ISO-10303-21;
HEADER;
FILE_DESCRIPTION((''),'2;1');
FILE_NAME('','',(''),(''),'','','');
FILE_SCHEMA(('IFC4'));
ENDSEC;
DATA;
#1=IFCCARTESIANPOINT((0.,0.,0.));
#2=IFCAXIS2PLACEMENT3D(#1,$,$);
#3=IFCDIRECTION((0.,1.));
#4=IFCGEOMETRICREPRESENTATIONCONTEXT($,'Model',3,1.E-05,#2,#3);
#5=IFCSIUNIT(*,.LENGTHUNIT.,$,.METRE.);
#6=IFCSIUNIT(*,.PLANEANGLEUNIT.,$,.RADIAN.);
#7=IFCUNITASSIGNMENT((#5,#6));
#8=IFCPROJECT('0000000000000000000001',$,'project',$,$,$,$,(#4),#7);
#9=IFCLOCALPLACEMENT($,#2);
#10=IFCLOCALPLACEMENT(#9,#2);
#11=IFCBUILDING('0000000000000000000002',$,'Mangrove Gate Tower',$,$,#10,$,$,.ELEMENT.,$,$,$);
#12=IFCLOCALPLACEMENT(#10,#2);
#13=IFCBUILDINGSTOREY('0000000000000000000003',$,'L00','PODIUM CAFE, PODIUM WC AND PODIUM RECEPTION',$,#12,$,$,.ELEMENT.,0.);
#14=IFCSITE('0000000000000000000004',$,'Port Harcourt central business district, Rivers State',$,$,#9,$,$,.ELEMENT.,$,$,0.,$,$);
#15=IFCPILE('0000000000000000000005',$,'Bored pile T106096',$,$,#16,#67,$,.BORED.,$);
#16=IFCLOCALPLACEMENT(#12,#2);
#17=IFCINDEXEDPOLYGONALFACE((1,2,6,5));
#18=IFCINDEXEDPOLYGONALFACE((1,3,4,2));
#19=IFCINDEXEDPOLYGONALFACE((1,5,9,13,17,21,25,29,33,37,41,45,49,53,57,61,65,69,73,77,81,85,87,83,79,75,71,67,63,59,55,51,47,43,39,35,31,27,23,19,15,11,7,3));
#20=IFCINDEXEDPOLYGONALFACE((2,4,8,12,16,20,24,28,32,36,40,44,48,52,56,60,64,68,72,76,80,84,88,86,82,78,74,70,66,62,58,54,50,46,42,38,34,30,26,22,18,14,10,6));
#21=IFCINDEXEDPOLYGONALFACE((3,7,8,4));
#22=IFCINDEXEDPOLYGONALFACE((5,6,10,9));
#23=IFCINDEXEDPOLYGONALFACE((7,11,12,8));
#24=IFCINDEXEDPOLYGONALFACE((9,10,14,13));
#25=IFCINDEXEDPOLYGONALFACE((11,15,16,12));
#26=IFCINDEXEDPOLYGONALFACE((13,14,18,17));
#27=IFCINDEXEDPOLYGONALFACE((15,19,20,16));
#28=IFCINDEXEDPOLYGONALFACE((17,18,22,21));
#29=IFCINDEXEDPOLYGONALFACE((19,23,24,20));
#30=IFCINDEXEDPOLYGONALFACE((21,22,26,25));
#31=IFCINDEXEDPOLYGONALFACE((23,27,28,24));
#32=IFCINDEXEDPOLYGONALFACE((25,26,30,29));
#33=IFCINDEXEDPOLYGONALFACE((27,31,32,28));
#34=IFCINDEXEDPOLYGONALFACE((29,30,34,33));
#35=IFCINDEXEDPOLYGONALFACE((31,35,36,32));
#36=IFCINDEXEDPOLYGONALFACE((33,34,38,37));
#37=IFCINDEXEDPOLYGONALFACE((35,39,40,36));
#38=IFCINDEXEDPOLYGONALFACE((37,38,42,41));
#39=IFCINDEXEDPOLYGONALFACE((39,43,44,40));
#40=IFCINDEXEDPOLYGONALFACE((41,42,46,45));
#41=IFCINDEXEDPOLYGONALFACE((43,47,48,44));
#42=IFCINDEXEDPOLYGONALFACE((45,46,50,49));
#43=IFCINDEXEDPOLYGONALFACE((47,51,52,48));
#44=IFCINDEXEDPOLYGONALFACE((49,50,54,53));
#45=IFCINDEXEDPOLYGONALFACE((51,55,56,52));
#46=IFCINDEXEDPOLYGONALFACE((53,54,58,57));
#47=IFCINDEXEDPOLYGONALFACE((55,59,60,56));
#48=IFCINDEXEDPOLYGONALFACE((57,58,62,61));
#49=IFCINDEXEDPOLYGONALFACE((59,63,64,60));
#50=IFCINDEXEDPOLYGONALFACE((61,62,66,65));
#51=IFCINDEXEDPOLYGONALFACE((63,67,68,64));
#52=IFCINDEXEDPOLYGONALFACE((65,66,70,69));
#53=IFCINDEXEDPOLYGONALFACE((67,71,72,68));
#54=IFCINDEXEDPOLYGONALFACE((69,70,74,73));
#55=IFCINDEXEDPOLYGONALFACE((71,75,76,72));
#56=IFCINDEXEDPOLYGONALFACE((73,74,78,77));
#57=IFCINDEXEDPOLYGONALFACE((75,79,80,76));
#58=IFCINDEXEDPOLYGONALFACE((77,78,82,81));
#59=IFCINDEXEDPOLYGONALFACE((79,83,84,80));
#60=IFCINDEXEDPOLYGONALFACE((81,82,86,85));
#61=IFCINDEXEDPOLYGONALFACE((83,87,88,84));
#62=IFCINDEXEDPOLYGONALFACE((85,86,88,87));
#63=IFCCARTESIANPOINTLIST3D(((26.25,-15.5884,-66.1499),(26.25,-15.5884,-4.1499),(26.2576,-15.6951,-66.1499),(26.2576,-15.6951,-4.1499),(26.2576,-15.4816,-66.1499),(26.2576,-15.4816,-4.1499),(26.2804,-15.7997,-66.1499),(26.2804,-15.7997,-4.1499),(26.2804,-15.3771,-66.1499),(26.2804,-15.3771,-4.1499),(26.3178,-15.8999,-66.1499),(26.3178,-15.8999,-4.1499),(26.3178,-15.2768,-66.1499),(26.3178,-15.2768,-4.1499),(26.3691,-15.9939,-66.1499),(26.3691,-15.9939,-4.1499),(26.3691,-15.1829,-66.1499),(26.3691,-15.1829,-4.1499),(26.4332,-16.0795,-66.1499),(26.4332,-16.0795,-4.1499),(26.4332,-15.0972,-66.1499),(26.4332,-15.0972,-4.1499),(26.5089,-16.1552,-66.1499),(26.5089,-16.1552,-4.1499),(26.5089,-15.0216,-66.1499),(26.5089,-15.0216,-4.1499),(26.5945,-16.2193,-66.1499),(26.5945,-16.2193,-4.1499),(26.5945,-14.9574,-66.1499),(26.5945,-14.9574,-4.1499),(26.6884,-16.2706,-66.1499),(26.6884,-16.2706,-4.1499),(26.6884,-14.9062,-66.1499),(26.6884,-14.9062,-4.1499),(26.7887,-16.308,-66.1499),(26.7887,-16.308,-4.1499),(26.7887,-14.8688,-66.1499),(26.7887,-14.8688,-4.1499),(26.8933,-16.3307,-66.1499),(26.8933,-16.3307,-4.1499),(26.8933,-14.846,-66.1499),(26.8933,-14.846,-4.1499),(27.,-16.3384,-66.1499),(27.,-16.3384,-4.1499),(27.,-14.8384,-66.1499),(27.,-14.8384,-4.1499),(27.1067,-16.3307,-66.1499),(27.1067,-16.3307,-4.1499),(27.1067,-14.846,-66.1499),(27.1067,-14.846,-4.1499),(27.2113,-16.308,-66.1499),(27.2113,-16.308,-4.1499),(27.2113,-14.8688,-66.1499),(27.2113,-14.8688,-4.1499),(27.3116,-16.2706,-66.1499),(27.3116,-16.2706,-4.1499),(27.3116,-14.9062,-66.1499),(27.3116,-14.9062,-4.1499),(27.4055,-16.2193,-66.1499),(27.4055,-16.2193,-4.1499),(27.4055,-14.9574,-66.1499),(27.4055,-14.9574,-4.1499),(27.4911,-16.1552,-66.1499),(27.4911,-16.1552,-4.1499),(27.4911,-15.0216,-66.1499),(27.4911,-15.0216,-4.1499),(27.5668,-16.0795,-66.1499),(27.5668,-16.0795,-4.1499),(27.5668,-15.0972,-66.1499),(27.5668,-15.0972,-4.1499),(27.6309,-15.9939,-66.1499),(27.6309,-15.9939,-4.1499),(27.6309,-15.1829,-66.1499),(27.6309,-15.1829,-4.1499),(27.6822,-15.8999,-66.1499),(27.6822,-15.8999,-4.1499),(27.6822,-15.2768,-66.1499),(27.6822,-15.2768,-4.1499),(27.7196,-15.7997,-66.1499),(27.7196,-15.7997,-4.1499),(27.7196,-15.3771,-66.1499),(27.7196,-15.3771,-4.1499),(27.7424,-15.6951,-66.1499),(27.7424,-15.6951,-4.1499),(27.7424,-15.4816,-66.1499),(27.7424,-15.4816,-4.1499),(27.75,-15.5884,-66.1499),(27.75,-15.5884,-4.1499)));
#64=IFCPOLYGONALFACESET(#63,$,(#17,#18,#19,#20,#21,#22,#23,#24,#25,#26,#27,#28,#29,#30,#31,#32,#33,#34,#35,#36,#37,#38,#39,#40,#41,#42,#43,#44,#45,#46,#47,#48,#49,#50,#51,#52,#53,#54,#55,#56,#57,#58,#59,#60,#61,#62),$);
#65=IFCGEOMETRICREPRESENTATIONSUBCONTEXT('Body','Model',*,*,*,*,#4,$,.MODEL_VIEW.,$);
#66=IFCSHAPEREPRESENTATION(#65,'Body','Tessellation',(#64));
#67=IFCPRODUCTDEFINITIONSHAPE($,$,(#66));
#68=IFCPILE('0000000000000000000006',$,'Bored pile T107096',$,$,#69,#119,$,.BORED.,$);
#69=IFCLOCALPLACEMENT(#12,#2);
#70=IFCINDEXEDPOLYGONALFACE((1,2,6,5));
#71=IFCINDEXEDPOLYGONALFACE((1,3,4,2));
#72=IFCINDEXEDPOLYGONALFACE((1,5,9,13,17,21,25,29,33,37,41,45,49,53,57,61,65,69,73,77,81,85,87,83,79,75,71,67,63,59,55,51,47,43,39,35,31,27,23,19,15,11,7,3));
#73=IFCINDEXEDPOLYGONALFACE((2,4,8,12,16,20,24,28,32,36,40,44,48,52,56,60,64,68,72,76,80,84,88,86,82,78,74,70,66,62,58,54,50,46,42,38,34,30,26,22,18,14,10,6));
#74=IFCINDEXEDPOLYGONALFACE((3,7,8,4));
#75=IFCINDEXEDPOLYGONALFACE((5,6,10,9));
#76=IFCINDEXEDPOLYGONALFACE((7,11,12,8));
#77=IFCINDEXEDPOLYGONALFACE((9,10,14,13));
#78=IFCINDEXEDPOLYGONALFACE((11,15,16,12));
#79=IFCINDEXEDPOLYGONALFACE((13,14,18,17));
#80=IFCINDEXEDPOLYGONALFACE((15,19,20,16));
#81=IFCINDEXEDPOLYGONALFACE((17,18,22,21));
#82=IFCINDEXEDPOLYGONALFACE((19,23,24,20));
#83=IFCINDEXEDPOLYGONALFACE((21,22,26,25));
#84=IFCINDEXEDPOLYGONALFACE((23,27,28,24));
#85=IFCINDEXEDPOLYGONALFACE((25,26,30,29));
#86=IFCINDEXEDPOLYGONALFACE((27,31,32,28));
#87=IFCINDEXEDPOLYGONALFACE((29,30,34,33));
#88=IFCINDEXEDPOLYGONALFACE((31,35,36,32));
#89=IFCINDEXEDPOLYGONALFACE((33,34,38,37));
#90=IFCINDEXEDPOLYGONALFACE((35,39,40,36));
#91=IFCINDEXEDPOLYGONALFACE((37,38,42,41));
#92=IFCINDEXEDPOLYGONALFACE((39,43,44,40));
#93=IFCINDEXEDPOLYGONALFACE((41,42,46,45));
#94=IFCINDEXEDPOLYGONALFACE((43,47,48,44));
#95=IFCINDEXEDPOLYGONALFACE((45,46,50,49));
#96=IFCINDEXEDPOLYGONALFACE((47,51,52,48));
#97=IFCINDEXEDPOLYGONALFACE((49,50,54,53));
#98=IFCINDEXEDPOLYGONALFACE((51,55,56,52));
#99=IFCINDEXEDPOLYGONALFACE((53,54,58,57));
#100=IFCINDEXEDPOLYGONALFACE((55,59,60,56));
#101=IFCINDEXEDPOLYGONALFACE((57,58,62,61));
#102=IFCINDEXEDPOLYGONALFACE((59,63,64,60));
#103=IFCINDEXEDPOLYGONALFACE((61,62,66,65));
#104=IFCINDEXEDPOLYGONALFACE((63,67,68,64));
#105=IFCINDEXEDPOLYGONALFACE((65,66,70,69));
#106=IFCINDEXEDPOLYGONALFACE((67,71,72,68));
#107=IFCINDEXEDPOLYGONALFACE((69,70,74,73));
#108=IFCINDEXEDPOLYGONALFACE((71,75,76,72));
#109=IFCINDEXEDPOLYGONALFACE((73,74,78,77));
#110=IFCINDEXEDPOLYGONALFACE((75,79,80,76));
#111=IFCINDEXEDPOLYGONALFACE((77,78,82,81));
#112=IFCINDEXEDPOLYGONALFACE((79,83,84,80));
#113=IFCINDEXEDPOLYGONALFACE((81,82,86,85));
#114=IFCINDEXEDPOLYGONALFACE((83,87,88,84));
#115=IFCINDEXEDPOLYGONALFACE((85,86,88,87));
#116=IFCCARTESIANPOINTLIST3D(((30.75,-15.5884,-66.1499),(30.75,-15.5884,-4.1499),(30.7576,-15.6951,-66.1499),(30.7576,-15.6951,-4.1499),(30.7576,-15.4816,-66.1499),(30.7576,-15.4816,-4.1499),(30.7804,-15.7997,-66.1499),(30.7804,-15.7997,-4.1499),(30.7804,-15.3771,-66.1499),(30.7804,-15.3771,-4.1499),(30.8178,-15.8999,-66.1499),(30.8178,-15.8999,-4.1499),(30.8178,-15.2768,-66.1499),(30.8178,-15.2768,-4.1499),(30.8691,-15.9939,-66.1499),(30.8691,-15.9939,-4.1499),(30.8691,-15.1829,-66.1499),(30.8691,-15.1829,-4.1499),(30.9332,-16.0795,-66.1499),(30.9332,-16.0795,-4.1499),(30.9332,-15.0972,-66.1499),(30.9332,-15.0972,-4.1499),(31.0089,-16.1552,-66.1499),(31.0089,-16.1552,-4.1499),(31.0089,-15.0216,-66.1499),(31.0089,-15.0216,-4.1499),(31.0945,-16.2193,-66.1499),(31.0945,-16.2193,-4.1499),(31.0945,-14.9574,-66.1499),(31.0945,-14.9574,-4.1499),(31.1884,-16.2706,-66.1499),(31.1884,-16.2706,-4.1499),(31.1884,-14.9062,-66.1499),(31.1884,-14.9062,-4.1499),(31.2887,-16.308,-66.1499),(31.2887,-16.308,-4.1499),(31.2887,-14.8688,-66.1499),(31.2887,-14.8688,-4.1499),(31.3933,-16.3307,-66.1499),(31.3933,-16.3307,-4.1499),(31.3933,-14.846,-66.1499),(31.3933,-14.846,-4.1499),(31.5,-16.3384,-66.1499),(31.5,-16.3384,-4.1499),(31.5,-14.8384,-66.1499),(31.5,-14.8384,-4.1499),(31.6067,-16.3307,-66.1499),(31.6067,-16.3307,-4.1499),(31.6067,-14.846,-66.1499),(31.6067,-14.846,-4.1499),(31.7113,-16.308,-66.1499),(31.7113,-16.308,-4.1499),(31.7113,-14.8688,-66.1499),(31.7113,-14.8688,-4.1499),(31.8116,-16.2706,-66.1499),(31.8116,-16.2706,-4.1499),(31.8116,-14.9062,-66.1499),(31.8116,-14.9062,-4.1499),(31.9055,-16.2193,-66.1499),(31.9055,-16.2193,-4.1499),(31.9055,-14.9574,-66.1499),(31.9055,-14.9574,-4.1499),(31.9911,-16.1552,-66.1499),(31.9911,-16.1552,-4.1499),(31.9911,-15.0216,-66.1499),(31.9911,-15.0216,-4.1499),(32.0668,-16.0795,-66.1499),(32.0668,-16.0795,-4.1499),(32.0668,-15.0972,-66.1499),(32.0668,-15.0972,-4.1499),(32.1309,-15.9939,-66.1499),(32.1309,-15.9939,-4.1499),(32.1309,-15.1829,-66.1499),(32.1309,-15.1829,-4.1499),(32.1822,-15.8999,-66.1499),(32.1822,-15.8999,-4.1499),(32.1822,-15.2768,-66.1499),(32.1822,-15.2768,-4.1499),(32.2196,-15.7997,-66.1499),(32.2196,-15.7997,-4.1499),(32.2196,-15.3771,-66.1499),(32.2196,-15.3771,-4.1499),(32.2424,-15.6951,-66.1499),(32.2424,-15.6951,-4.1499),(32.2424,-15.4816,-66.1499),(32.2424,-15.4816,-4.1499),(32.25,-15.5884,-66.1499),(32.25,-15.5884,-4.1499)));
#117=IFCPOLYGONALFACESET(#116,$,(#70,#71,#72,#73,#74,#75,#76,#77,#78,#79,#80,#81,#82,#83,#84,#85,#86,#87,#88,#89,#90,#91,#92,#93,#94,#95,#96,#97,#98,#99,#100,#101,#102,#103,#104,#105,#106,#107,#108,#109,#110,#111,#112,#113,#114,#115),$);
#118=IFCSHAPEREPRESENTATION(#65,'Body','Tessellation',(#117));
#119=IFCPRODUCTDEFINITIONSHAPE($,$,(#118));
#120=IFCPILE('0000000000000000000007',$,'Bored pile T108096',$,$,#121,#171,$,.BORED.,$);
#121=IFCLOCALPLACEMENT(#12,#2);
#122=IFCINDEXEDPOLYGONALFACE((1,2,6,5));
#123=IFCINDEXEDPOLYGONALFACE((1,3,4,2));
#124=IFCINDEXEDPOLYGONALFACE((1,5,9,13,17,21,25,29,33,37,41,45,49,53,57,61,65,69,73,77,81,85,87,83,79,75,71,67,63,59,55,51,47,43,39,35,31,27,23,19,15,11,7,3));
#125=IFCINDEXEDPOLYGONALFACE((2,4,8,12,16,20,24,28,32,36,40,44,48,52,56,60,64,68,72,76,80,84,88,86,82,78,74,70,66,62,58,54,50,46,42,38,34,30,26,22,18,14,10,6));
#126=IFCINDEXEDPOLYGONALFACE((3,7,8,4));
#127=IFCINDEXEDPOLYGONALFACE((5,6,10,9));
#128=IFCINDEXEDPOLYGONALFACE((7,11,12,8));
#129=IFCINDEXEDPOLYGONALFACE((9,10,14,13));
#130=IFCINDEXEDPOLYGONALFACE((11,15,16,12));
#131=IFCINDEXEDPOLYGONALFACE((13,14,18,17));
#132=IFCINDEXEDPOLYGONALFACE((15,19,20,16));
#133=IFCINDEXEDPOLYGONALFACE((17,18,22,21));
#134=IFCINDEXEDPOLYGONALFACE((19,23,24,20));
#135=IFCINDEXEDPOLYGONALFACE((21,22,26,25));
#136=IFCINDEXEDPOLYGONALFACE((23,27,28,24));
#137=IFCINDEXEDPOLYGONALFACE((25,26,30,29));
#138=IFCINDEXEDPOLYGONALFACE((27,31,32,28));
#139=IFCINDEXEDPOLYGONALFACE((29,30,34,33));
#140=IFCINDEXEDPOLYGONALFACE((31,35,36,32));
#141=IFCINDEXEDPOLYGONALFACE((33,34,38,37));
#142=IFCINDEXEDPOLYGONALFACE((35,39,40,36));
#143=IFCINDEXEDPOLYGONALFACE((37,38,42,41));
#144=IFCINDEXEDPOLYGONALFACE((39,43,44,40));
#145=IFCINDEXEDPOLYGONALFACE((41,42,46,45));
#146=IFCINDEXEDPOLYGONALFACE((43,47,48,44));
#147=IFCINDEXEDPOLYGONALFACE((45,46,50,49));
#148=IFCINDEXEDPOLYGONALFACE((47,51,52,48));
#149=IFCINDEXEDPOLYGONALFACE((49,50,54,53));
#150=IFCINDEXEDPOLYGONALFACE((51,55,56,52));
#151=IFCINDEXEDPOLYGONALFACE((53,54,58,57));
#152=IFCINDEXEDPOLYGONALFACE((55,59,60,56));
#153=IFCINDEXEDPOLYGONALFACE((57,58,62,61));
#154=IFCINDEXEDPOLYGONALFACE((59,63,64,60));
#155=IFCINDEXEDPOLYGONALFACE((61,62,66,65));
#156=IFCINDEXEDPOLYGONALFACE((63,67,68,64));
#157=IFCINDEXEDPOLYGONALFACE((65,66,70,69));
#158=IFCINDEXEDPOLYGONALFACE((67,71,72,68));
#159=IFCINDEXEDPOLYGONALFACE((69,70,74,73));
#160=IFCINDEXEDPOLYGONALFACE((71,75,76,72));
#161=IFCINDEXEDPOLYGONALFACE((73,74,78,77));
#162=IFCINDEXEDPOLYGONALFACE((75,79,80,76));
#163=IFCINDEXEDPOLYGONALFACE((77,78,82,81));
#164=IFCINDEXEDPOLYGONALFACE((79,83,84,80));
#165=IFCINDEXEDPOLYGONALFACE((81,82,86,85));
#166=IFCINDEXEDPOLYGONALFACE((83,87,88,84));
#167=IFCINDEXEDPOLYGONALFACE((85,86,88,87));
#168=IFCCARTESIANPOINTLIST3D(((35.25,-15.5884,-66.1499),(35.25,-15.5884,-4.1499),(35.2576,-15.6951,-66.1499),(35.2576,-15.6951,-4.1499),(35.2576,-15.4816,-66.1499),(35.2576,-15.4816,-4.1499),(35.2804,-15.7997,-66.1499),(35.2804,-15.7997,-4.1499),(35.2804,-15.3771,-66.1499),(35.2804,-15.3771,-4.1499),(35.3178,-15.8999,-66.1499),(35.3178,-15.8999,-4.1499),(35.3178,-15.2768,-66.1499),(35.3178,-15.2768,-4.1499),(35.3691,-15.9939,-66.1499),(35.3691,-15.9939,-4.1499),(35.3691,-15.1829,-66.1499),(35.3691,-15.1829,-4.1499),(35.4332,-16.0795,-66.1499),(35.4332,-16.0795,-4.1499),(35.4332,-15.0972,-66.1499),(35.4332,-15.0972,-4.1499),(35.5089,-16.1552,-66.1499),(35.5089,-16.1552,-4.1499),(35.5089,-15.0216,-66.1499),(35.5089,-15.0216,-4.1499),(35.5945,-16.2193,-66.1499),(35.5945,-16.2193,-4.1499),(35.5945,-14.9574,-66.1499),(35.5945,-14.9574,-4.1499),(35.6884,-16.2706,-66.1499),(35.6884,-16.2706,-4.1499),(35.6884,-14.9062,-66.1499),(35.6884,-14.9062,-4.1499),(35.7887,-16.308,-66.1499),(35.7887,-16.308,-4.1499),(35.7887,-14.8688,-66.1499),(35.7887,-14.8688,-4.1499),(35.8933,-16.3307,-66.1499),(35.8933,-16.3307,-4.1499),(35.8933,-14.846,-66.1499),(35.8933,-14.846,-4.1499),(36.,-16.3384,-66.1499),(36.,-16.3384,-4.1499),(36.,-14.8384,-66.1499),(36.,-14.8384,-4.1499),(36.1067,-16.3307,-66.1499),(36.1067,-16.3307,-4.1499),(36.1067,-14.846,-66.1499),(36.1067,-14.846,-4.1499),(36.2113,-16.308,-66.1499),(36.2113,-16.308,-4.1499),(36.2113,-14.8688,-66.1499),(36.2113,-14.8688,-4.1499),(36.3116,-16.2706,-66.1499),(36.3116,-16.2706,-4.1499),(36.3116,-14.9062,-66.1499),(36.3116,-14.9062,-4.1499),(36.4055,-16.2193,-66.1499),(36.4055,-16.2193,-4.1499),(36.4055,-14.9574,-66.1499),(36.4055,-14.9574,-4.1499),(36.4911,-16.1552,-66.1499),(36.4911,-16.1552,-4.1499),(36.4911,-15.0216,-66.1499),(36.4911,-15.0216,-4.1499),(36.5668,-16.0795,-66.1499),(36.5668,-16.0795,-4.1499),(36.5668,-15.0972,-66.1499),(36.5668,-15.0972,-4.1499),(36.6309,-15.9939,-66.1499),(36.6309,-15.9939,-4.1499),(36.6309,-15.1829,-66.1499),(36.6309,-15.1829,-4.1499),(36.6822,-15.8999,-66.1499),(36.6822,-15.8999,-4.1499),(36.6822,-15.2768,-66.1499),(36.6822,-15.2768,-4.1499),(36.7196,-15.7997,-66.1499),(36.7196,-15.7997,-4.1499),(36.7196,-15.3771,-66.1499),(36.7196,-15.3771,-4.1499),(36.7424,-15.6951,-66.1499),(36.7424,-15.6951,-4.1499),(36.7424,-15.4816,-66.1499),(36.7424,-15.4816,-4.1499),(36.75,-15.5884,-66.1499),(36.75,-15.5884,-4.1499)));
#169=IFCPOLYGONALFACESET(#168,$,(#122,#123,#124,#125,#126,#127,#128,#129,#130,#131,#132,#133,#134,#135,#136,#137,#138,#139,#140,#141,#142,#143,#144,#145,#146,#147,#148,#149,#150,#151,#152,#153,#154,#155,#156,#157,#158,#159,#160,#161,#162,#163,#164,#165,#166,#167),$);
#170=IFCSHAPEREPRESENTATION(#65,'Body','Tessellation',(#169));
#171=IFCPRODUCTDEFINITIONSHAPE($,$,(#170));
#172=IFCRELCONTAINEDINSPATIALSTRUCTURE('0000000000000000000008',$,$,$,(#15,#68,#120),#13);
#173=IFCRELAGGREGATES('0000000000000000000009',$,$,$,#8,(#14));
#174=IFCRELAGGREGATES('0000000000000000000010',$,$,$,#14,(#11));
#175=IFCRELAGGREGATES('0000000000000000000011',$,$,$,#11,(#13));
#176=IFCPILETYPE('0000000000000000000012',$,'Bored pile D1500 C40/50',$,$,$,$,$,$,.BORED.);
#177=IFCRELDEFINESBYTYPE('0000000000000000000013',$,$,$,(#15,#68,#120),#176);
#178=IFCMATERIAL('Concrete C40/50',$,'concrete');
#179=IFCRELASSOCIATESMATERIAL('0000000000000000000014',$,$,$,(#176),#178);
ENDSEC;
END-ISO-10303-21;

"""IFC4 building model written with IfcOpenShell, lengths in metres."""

from ifc_helpers import new_model, si_unit, direction, frame, origin, origin_2d, place, context, subcontext, project, spatial, circle, extrude, material, material_profile, profile_set, type_object, element, save


model = new_model("IFC4")

# Units and contexts
model_context = context("Model", 3, precision=1e-05, world=origin(), true_north=direction((0.0, 1.0)))
body_context = subcontext(model_context, "Body", "Model", "MODEL_VIEW")
ifc_project = project(units=[si_unit("LENGTHUNIT", "METRE"), si_unit("PLANEANGLEUNIT", "RADIAN")], contexts=[model_context])

# Site, building, storey
site_placement = place(None, origin())
site = spatial("IfcSite", under=ifc_project, at=site_placement, Name="Port Harcourt central business district, Rivers State", CompositionType="ELEMENT", RefElevation=0.0)
building_placement = place(site_placement, origin())
building = spatial("IfcBuilding", under=site, at=building_placement, Name="Mangrove Gate Tower", CompositionType="ELEMENT")
storey_placement = place(building_placement, origin())
storey = spatial("IfcBuildingStorey", under=building, at=storey_placement, Name="L00", Description="PODIUM CAFE, PODIUM WC AND PODIUM RECEPTION", CompositionType="ELEMENT", Elevation=0.0)

# Piles
ifc_material_1 = material(Name="Concrete C40/50", Category="concrete")
ifc_material_profile_1 = material_profile(ifc_material_1, circle(Radius=0.75, at=origin_2d()))
ifc_profile_set_1 = profile_set([ifc_material_profile_1], Name="Concrete C40/50")
pile_type = type_object("IfcPileType", Name="Bored pile D1500 C40/50", PredefinedType="BORED", material=ifc_profile_set_1)
for number, where, z_axis, x_axis, name in (
    (1, (27.0, -15.5884, -4.1499), (0.0, 0.0, -1.0), (1.0, 0.0, 0.0), "Bored pile T106096"),
    (2, (31.5, -15.5884, -4.1499), (0.0, 0.0, -1.0), (1.0, 0.0, 0.0), "Bored pile T107096"),
    (3, (36.0, -15.5884, -4.1499), (0.0, 0.0, -1.0), (1.0, 0.0, 0.0), "Bored pile T108096"),
):
    element("IfcPile", number, at=place(storey_placement, frame(where, z_axis=z_axis, x_axis=x_axis)), inside=storey, type_object=pile_type, Name=name, PredefinedType="BORED", context=body_context, shape_type="SweptSolid", body=[
        extrude(circle(Radius=0.75, at=origin_2d()), origin(), (0.0, 0.0, 1.0), 62.0),
    ])

save(model, "model.ifc")
